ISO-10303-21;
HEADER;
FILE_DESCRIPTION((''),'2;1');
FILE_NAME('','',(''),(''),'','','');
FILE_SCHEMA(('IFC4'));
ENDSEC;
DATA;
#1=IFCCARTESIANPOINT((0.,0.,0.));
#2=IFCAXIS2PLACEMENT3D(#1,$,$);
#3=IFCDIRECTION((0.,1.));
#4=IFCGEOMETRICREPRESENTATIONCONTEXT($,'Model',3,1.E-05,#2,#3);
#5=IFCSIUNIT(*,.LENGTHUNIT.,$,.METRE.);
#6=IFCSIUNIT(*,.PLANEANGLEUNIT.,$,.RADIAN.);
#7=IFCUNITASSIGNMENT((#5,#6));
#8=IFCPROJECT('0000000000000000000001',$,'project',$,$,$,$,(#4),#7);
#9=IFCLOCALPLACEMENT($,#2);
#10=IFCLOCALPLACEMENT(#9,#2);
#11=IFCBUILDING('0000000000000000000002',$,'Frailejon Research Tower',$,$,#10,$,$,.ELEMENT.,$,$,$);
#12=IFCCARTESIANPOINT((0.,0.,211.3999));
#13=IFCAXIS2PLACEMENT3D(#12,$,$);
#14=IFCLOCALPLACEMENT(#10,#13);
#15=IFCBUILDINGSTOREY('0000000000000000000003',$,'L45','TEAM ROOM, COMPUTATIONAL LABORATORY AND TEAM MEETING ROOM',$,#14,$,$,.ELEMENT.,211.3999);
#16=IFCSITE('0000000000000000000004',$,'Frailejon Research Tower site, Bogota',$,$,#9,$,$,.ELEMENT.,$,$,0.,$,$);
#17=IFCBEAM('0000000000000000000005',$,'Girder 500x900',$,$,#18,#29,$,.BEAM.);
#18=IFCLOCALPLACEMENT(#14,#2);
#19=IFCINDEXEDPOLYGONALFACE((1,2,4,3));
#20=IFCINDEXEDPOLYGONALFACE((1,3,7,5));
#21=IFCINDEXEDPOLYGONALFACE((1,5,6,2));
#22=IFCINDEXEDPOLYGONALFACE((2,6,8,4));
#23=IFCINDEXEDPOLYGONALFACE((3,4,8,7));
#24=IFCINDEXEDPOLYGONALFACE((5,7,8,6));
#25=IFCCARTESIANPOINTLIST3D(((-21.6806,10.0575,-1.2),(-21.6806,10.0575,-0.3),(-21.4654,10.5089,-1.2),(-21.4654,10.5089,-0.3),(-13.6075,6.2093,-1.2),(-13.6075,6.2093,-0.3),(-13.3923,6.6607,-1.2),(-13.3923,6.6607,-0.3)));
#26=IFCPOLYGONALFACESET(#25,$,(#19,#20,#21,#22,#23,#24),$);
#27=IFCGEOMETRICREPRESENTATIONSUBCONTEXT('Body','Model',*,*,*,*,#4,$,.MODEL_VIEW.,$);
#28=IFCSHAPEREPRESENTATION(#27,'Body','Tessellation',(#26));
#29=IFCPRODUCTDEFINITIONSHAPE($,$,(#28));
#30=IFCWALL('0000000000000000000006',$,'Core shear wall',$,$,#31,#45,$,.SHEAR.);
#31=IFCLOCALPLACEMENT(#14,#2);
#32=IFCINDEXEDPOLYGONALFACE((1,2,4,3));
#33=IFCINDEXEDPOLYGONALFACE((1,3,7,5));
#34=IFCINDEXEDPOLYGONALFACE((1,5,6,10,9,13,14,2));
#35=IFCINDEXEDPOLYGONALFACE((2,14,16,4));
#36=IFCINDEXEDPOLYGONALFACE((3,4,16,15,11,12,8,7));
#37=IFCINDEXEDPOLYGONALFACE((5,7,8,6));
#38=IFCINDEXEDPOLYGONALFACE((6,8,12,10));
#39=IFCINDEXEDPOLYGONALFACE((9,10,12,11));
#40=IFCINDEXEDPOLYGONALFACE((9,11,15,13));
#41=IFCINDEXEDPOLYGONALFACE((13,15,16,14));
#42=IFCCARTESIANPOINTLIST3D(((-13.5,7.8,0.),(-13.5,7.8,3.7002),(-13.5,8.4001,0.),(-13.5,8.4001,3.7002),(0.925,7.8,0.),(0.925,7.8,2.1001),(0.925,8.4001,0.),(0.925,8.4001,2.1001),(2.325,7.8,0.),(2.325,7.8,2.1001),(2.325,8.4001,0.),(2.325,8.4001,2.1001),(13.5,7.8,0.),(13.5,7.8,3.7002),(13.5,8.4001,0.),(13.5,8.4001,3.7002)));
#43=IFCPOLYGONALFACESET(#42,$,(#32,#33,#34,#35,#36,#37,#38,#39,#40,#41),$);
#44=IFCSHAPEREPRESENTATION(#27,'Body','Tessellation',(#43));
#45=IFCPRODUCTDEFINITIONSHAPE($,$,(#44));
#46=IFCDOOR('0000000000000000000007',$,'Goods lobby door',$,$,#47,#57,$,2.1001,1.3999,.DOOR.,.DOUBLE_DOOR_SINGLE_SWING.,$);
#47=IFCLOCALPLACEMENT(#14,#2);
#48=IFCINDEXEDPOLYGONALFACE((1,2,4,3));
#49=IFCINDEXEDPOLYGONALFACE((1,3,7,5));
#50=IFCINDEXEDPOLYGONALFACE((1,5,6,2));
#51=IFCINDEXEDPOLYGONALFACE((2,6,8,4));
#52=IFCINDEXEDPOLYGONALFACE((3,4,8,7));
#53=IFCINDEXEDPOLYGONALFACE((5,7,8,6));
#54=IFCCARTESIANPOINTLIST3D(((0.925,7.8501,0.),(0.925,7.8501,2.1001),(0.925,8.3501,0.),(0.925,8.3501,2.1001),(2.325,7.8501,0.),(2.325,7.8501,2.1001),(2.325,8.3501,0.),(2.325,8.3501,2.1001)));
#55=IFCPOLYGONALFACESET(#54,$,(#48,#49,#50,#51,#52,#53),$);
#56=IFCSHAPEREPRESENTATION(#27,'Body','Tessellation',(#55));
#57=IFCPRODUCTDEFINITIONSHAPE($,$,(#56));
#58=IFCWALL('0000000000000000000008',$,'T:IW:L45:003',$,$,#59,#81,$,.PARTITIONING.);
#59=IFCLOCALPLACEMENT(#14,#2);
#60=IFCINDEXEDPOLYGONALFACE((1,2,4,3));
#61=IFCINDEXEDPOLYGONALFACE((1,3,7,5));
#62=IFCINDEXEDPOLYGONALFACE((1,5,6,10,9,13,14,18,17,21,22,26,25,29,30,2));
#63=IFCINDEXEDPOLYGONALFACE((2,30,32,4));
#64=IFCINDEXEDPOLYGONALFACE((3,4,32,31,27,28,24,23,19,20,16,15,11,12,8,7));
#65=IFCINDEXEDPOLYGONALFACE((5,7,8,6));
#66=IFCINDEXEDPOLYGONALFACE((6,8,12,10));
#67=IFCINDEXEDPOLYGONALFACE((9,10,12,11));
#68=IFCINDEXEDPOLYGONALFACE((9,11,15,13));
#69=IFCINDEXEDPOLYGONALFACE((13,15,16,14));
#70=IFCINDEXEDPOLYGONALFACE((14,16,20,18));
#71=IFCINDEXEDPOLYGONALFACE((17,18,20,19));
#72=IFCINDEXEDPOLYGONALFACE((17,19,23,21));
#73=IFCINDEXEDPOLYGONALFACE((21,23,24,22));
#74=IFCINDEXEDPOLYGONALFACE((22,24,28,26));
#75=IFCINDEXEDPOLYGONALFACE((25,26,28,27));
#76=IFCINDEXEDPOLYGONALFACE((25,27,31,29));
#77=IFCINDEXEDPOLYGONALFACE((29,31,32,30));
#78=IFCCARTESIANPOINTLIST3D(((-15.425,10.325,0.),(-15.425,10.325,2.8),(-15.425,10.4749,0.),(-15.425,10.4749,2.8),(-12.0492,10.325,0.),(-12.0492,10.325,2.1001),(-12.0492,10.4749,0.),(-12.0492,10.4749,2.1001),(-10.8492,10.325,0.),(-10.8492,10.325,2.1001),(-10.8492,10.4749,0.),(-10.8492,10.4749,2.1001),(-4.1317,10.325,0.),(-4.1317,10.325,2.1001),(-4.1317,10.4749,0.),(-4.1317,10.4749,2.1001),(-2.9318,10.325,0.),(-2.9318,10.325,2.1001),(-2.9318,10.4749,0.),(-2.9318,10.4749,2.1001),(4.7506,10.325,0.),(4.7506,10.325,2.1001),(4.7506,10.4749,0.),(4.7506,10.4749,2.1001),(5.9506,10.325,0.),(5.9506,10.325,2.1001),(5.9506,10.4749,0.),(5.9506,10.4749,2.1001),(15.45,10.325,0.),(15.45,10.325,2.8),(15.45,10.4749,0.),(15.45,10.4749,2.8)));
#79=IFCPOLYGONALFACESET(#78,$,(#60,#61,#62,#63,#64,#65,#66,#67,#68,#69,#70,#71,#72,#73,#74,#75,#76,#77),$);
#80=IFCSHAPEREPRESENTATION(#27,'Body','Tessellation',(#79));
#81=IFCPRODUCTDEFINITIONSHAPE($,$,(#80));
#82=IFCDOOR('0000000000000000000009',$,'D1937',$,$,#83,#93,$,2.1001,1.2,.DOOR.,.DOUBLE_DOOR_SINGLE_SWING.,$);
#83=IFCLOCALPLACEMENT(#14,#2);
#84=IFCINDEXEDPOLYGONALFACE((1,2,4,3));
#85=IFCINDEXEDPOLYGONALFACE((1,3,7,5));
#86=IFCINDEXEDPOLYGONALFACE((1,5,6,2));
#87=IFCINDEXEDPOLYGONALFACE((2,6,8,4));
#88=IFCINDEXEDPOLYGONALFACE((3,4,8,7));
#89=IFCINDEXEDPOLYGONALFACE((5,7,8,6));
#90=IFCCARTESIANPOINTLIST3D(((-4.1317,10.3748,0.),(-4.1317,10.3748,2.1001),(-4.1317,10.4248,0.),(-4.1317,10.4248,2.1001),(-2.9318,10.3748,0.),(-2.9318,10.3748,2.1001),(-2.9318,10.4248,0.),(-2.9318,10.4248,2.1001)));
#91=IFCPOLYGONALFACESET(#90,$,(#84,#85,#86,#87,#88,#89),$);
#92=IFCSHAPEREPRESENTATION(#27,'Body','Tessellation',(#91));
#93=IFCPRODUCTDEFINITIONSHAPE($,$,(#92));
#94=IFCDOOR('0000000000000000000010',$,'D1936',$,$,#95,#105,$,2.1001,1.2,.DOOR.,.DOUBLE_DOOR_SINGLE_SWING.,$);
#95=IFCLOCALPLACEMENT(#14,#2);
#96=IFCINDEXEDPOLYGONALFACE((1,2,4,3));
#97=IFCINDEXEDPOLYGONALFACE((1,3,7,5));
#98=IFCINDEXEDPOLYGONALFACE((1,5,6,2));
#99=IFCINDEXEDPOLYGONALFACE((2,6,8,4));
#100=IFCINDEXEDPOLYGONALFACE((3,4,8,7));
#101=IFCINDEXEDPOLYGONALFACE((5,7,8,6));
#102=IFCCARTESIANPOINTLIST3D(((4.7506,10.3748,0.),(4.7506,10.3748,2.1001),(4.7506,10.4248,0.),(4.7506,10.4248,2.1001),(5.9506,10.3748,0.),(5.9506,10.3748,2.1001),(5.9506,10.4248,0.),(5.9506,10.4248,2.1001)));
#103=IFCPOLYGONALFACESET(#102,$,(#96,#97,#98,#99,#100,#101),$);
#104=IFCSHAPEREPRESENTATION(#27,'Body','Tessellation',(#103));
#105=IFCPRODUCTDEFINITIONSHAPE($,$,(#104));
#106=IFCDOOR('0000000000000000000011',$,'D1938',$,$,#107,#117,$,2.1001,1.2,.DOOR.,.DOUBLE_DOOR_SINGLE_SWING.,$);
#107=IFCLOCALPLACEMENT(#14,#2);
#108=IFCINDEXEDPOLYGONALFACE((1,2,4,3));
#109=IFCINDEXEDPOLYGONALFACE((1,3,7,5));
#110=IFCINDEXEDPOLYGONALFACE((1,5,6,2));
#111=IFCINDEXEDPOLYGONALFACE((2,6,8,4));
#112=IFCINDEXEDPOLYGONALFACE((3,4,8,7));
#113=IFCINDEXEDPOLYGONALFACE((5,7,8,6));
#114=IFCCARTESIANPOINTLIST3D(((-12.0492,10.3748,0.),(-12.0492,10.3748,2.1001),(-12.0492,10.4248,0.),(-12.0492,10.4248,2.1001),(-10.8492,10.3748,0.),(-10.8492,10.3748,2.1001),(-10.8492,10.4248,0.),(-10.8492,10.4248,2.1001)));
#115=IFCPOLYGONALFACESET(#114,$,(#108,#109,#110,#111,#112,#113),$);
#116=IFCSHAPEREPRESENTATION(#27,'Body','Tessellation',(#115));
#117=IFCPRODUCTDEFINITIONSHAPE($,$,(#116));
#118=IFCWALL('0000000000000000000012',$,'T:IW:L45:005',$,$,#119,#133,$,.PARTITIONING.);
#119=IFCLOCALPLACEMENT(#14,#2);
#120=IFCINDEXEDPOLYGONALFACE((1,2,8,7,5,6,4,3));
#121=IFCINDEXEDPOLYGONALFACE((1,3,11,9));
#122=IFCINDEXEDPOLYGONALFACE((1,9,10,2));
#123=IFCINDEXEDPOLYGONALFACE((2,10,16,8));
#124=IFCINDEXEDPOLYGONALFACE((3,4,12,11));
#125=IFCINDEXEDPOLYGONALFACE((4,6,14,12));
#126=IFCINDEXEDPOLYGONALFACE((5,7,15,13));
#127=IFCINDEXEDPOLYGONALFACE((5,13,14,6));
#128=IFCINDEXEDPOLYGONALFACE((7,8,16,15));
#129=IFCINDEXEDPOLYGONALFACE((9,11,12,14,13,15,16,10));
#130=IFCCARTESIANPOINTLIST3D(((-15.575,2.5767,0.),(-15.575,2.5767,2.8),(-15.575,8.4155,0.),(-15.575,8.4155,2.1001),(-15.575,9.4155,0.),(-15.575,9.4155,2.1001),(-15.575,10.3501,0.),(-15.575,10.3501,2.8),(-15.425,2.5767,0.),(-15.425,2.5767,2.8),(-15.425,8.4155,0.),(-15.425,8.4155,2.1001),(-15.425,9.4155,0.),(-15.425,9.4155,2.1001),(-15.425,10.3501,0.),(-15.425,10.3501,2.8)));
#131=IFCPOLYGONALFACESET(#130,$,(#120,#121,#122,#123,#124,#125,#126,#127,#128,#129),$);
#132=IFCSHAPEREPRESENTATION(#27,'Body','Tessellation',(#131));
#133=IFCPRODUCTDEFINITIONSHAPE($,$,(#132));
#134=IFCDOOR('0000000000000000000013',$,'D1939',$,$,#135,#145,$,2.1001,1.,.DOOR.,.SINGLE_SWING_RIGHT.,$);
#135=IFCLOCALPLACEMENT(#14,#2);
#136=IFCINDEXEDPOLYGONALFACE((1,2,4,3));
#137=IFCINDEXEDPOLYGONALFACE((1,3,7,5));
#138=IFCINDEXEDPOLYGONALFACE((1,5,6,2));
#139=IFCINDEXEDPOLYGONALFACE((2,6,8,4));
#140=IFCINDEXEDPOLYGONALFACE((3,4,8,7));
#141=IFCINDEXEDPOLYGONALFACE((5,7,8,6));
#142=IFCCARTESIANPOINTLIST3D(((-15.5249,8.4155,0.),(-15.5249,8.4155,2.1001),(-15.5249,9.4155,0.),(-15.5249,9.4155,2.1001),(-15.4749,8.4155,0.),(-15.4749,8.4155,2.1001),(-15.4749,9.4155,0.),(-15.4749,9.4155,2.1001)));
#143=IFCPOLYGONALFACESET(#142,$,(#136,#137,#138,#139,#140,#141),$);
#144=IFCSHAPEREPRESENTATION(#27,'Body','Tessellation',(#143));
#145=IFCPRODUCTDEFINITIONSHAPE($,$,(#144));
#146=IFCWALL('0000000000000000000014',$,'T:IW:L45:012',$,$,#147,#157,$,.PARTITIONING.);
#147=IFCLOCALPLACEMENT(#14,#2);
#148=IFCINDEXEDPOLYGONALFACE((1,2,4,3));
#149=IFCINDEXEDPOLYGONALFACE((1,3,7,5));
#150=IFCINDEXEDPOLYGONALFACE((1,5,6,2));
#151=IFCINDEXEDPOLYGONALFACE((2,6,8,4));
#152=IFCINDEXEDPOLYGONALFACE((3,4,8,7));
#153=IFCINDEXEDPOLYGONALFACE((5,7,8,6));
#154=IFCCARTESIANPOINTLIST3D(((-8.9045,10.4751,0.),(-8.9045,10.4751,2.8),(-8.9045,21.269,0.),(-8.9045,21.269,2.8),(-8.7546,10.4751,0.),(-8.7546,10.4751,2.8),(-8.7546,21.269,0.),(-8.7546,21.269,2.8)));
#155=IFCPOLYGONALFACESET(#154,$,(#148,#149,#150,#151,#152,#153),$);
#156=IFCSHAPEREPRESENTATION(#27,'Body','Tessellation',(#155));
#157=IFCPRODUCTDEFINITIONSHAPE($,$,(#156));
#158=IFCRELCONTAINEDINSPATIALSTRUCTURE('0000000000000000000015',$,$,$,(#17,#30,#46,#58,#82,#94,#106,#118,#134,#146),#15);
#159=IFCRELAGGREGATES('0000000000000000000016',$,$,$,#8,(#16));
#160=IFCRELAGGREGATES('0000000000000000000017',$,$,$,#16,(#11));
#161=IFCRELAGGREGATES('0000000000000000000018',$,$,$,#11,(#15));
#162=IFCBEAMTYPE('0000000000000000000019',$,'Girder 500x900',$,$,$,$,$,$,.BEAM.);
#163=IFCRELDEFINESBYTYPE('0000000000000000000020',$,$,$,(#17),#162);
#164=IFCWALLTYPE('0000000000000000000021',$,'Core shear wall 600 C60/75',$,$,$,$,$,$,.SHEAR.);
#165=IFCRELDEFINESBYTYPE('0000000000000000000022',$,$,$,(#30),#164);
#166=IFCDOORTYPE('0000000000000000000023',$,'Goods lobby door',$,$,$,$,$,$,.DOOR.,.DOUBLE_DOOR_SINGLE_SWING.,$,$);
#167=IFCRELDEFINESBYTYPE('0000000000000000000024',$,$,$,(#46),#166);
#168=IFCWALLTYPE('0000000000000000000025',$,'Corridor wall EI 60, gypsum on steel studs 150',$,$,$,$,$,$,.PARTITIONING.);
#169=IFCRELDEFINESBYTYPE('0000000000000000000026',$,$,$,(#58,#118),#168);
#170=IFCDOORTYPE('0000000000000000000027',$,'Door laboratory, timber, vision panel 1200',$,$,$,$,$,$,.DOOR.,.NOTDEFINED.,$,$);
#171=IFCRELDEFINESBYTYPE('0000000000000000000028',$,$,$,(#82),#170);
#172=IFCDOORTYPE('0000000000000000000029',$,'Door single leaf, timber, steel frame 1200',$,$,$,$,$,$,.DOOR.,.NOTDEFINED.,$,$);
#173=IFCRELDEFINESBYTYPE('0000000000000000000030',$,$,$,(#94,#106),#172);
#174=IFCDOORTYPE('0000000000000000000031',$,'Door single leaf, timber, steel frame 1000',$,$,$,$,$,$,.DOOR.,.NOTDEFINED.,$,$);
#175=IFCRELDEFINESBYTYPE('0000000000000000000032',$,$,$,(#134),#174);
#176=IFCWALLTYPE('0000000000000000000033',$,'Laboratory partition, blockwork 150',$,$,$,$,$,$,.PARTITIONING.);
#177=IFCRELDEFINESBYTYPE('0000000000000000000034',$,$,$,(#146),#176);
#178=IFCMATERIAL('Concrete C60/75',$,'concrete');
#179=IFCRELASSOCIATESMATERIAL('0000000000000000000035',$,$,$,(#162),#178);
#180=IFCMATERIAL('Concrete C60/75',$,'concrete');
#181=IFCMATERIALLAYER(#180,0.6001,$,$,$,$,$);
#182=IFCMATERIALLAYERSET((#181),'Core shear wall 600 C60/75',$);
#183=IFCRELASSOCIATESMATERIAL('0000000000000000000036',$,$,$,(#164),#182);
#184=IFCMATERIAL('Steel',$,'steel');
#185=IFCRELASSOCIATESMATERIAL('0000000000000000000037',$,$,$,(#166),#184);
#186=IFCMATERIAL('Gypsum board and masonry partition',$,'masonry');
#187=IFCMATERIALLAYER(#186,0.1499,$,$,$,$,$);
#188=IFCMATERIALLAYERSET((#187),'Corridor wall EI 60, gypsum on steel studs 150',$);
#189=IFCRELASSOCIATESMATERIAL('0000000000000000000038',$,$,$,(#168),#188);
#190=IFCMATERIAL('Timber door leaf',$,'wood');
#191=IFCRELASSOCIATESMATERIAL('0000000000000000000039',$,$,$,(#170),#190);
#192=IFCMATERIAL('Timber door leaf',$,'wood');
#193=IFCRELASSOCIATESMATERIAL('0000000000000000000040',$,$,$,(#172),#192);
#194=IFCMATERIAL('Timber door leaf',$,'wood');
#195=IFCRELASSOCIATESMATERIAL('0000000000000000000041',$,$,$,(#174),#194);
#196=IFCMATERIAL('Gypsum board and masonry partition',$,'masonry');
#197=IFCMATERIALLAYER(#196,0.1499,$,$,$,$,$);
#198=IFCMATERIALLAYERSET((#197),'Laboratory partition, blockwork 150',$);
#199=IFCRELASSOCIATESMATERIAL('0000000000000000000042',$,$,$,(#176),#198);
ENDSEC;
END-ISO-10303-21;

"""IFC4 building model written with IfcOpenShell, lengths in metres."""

from ifc_helpers import new_model, si_unit, direction, frame, frame_2d, origin, origin_2d, place, context, subcontext, project, spatial, rectangle, extrude, material, layer, layer_set, material_profile, profile_set, type_object, element, fill, save


model = new_model("IFC4")

# Units and contexts
model_context = context("Model", 3, precision=1e-05, world=origin(), true_north=direction((0.0, 1.0)))
body_context = subcontext(model_context, "Body", "Model", "MODEL_VIEW")
ifc_project = project(units=[si_unit("LENGTHUNIT", "METRE"), si_unit("PLANEANGLEUNIT", "RADIAN")], contexts=[model_context])

# Site, building, storey
site_placement = place(None, origin())
site = spatial("IfcSite", under=ifc_project, at=site_placement, Name="Frailejon Research Tower site, Bogota", CompositionType="ELEMENT", RefElevation=0.0)
building_placement = place(site_placement, origin())
building = spatial("IfcBuilding", under=site, at=building_placement, Name="Frailejon Research Tower", CompositionType="ELEMENT")
storey_placement = place(building_placement, frame((0.0, 0.0, 211.3999)))
storey = spatial("IfcBuildingStorey", under=building, at=storey_placement, Name="L45", Description="TEAM ROOM, COMPUTATIONAL LABORATORY AND TEAM MEETING ROOM", CompositionType="ELEMENT", Elevation=211.3999)

# Beam
ifc_material_1 = material(Name="Concrete C60/75", Category="concrete")
ifc_material_profile = material_profile(ifc_material_1, rectangle(XDim=0.5, YDim=0.8999, at=origin_2d()), Name="Girder 500x900")
ifc_profile_set = profile_set([ifc_material_profile], Name="Concrete C60/75")
beam_type = type_object("IfcBeamType", Name="Girder 500x900", PredefinedType="BEAM", material=ifc_profile_set)
beam_placement = place(storey_placement, frame((-21.573, 10.2832, -0.75), z_axis=(0.902693, -0.430285, 0.0), x_axis=(0.430285, 0.902693, 0.0)))
element("IfcBeam", 1, at=beam_placement, inside=storey, type_object=beam_type, Name="Girder 500x900", PredefinedType="BEAM", context=body_context, shape_type="SweptSolid", body=[
    extrude(rectangle(XDim=0.5, YDim=0.8999, at=origin_2d()), origin(), (0.0, 0.0, 1.0), 8.9434),
])

# Wall, opening, door
ifc_material_2 = material(Name="Concrete C60/75", Category="concrete")
ifc_layer_1 = layer(ifc_material_2, 0.6001)
ifc_layer_set_1 = layer_set([ifc_layer_1], Name="Core shear wall 600 C60/75")
wall_type_1 = type_object("IfcWallType", Name="Core shear wall 600 C60/75", PredefinedType="SHEAR", material=ifc_layer_set_1)
wall_1_placement = place(storey_placement, frame((-13.5, 8.1001, 0.0), z_axis=(0.0, 0.0, 1.0), x_axis=(1.0, 0.0, 0.0)))
wall_1 = element("IfcWall", 2, at=wall_1_placement, inside=storey, type_object=wall_type_1, Name="Core shear wall", PredefinedType="SHEAR", context=body_context, shape_type="SweptSolid", body=[
    extrude(rectangle(XDim=27.0, YDim=0.6001, at=frame_2d((13.5, 0.0))), origin(), (0.0, 0.0, 1.0), 3.7002),
])
opening_1_placement = place(wall_1_placement, frame((14.425, 0.0, 0.0)))
opening_1 = element("IfcOpeningElement", 3, at=opening_1_placement, cuts=wall_1, PredefinedType="OPENING", context=body_context, shape_type="SweptSolid", body=[
    extrude(rectangle(XDim=1.3999, YDim=2.1001, at=frame_2d((0.7, 1.05))), frame((0.0, 0.3101, 0.0), z_axis=(0.0, -1.0, 0.0), x_axis=(1.0, 0.0, 0.0)), (0.0, 0.0, 1.0), 0.6201),
])
ifc_material_3 = material(Name="Steel", Category="steel")
door_type_1 = type_object("IfcDoorType", Name="Goods lobby door", OperationType="DOUBLE_DOOR_SINGLE_SWING", PredefinedType="DOOR", material=ifc_material_3)
door_1_placement = place(opening_1_placement, origin())
door_1 = element("IfcDoor", 4, at=door_1_placement, inside=storey, type_object=door_type_1, Name="Goods lobby door", OperationType="DOUBLE_DOOR_SINGLE_SWING", OverallHeight=2.1001, OverallWidth=1.3999, PredefinedType="DOOR", context=body_context, shape_type="SweptSolid", body=[
    extrude(rectangle(XDim=1.3999, YDim=2.1001, at=frame_2d((0.7, 1.05))), frame((0.0, 0.25, 0.0), z_axis=(0.0, -1.0, 0.0), x_axis=(1.0, 0.0, 0.0)), (0.0, 0.0, 1.0), 0.5),
])
fill(opening_1, door_1)

# Wall, openings, doors
ifc_material_4 = material(Name="Gypsum board and masonry partition", Category="masonry")
ifc_layer_2 = layer(ifc_material_4, 0.1499)
ifc_layer_set_2 = layer_set([ifc_layer_2], Name="Corridor wall EI 60, gypsum on steel studs 150")
wall_type_2 = type_object("IfcWallType", Name="Corridor wall EI 60, gypsum on steel studs 150", PredefinedType="PARTITIONING", material=ifc_layer_set_2)
wall_2_placement = place(storey_placement, frame((-15.425, 10.3999, 0.0), z_axis=(0.0, 0.0, 1.0), x_axis=(1.0, 0.0, 0.0)))
wall_2 = element("IfcWall", 5, at=wall_2_placement, inside=storey, type_object=wall_type_2, Name="T:IW:L45:003", PredefinedType="PARTITIONING", context=body_context, shape_type="SweptSolid", body=[
    extrude(rectangle(XDim=30.875, YDim=0.1499, at=frame_2d((15.4375, 0.0))), origin(), (0.0, 0.0, 1.0), 2.8),
])
opening_2_placement = place(wall_2_placement, frame((20.1755, 0.0, 0.0)))
opening_2 = element("IfcOpeningElement", 6, at=opening_2_placement, cuts=wall_2, PredefinedType="OPENING", context=body_context, shape_type="SweptSolid", body=[
    extrude(rectangle(XDim=1.2, YDim=2.1001, at=frame_2d((0.6001, 1.05))), frame((0.0, 0.085, 0.0), z_axis=(0.0, -1.0, 0.0), x_axis=(1.0, 0.0, 0.0)), (0.0, 0.0, 1.0), 0.1699),
])
opening_3_placement = place(wall_2_placement, frame((11.2932, 0.0, 0.0)))
opening_3 = element("IfcOpeningElement", 7, at=opening_3_placement, cuts=wall_2, PredefinedType="OPENING", context=body_context, shape_type="SweptSolid", body=[
    extrude(rectangle(XDim=1.2, YDim=2.1001, at=frame_2d((0.6001, 1.05))), frame((0.0, 0.085, 0.0), z_axis=(0.0, -1.0, 0.0), x_axis=(1.0, 0.0, 0.0)), (0.0, 0.0, 1.0), 0.1699),
])
opening_4_placement = place(wall_2_placement, frame((3.3757, 0.0, 0.0)))
opening_4 = element("IfcOpeningElement", 8, at=opening_4_placement, cuts=wall_2, PredefinedType="OPENING", context=body_context, shape_type="SweptSolid", body=[
    extrude(rectangle(XDim=1.2, YDim=2.1001, at=frame_2d((0.6001, 1.05))), frame((0.0, 0.085, 0.0), z_axis=(0.0, -1.0, 0.0), x_axis=(1.0, 0.0, 0.0)), (0.0, 0.0, 1.0), 0.1699),
])
ifc_material_5 = material(Name="Timber door leaf", Category="wood")
door_type_2 = type_object("IfcDoorType", Name="Door laboratory, timber, vision panel 1200", OperationType="NOTDEFINED", PredefinedType="DOOR", material=ifc_material_5)
door_2_placement = place(opening_3_placement, origin())
door_2 = element("IfcDoor", 9, at=door_2_placement, inside=storey, type_object=door_type_2, Name="D1937", OperationType="DOUBLE_DOOR_SINGLE_SWING", OverallHeight=2.1001, OverallWidth=1.2, PredefinedType="DOOR", context=body_context, shape_type="SweptSolid", body=[
    extrude(rectangle(XDim=1.2, YDim=2.1001, at=frame_2d((0.6001, 1.05))), frame((0.0, 0.0249, 0.0), z_axis=(0.0, -1.0, 0.0), x_axis=(1.0, 0.0, 0.0)), (0.0, 0.0, 1.0), 0.05),
])
fill(opening_3, door_2)
ifc_material_6 = material(Name="Timber door leaf", Category="wood")
door_type_3 = type_object("IfcDoorType", Name="Door single leaf, timber, steel frame 1200", OperationType="NOTDEFINED", PredefinedType="DOOR", material=ifc_material_6)
door_3_placement = place(opening_2_placement, origin())
door_3 = element("IfcDoor", 10, at=door_3_placement, inside=storey, type_object=door_type_3, Name="D1936", OperationType="DOUBLE_DOOR_SINGLE_SWING", OverallHeight=2.1001, OverallWidth=1.2, PredefinedType="DOOR", context=body_context, shape_type="SweptSolid", body=[
    extrude(rectangle(XDim=1.2, YDim=2.1001, at=frame_2d((0.6001, 1.05))), frame((0.0, 0.0249, 0.0), z_axis=(0.0, -1.0, 0.0), x_axis=(1.0, 0.0, 0.0)), (0.0, 0.0, 1.0), 0.05),
])
fill(opening_2, door_3)
door_4_placement = place(opening_4_placement, origin())
door_4 = element("IfcDoor", 11, at=door_4_placement, inside=storey, type_object=door_type_3, Name="D1938", OperationType="DOUBLE_DOOR_SINGLE_SWING", OverallHeight=2.1001, OverallWidth=1.2, PredefinedType="DOOR", context=body_context, shape_type="SweptSolid", body=[
    extrude(rectangle(XDim=1.2, YDim=2.1001, at=frame_2d((0.6001, 1.05))), frame((0.0, 0.0249, 0.0), z_axis=(0.0, -1.0, 0.0), x_axis=(1.0, 0.0, 0.0)), (0.0, 0.0, 1.0), 0.05),
])
fill(opening_4, door_4)

# Wall, opening, door
wall_3_placement = place(storey_placement, frame((-15.5, 2.5767, 0.0), z_axis=(0.0, 0.0, 1.0), x_axis=(0.0, 1.0, 0.0)))
wall_3 = element("IfcWall", 12, at=wall_3_placement, inside=storey, type_object=wall_type_2, Name="T:IW:L45:005", PredefinedType="PARTITIONING", context=body_context, shape_type="SweptSolid", body=[
    extrude(rectangle(XDim=7.7734, YDim=0.1499, at=frame_2d((3.8867, 0.0))), origin(), (0.0, 0.0, 1.0), 2.8),
])
opening_5_placement = place(wall_3_placement, frame((5.8389, 0.0, 0.0)))
opening_5 = element("IfcOpeningElement", 13, at=opening_5_placement, cuts=wall_3, PredefinedType="OPENING", context=body_context, shape_type="SweptSolid", body=[
    extrude(rectangle(XDim=1.0, YDim=2.1001, at=frame_2d((0.5, 1.05))), frame((0.0, 0.085, 0.0), z_axis=(0.0, -1.0, 0.0), x_axis=(1.0, 0.0, 0.0)), (0.0, 0.0, 1.0), 0.1699),
])
ifc_material_7 = material(Name="Timber door leaf", Category="wood")
door_type_4 = type_object("IfcDoorType", Name="Door single leaf, timber, steel frame 1000", OperationType="NOTDEFINED", PredefinedType="DOOR", material=ifc_material_7)
door_5_placement = place(opening_5_placement, origin())
door_5 = element("IfcDoor", 14, at=door_5_placement, inside=storey, type_object=door_type_4, Name="D1939", OperationType="SINGLE_SWING_RIGHT", OverallHeight=2.1001, OverallWidth=1.0, PredefinedType="DOOR", context=body_context, shape_type="SweptSolid", body=[
    extrude(rectangle(XDim=1.0, YDim=2.1001, at=frame_2d((0.5, 1.05))), frame((0.0, 0.0249, 0.0), z_axis=(0.0, -1.0, 0.0), x_axis=(1.0, 0.0, 0.0)), (0.0, 0.0, 1.0), 0.05),
])
fill(opening_5, door_5)

# Wall
ifc_material_8 = material(Name="Gypsum board and masonry partition", Category="masonry")
ifc_layer_3 = layer(ifc_material_8, 0.1499)
ifc_layer_set_3 = layer_set([ifc_layer_3], Name="Laboratory partition, blockwork 150")
wall_type_3 = type_object("IfcWallType", Name="Laboratory partition, blockwork 150", PredefinedType="PARTITIONING", material=ifc_layer_set_3)
wall_4_placement = place(storey_placement, frame((-8.8296, 10.4751, 0.0), z_axis=(0.0, 0.0, 1.0), x_axis=(0.0, 1.0, 0.0)))
element("IfcWall", 15, at=wall_4_placement, inside=storey, type_object=wall_type_3, Name="T:IW:L45:012", PredefinedType="PARTITIONING", context=body_context, shape_type="SweptSolid", body=[
    extrude(rectangle(XDim=10.7939, YDim=0.1499, at=frame_2d((5.397, 0.0))), origin(), (0.0, 0.0, 1.0), 2.8),
])

save(model, "model.ifc")
